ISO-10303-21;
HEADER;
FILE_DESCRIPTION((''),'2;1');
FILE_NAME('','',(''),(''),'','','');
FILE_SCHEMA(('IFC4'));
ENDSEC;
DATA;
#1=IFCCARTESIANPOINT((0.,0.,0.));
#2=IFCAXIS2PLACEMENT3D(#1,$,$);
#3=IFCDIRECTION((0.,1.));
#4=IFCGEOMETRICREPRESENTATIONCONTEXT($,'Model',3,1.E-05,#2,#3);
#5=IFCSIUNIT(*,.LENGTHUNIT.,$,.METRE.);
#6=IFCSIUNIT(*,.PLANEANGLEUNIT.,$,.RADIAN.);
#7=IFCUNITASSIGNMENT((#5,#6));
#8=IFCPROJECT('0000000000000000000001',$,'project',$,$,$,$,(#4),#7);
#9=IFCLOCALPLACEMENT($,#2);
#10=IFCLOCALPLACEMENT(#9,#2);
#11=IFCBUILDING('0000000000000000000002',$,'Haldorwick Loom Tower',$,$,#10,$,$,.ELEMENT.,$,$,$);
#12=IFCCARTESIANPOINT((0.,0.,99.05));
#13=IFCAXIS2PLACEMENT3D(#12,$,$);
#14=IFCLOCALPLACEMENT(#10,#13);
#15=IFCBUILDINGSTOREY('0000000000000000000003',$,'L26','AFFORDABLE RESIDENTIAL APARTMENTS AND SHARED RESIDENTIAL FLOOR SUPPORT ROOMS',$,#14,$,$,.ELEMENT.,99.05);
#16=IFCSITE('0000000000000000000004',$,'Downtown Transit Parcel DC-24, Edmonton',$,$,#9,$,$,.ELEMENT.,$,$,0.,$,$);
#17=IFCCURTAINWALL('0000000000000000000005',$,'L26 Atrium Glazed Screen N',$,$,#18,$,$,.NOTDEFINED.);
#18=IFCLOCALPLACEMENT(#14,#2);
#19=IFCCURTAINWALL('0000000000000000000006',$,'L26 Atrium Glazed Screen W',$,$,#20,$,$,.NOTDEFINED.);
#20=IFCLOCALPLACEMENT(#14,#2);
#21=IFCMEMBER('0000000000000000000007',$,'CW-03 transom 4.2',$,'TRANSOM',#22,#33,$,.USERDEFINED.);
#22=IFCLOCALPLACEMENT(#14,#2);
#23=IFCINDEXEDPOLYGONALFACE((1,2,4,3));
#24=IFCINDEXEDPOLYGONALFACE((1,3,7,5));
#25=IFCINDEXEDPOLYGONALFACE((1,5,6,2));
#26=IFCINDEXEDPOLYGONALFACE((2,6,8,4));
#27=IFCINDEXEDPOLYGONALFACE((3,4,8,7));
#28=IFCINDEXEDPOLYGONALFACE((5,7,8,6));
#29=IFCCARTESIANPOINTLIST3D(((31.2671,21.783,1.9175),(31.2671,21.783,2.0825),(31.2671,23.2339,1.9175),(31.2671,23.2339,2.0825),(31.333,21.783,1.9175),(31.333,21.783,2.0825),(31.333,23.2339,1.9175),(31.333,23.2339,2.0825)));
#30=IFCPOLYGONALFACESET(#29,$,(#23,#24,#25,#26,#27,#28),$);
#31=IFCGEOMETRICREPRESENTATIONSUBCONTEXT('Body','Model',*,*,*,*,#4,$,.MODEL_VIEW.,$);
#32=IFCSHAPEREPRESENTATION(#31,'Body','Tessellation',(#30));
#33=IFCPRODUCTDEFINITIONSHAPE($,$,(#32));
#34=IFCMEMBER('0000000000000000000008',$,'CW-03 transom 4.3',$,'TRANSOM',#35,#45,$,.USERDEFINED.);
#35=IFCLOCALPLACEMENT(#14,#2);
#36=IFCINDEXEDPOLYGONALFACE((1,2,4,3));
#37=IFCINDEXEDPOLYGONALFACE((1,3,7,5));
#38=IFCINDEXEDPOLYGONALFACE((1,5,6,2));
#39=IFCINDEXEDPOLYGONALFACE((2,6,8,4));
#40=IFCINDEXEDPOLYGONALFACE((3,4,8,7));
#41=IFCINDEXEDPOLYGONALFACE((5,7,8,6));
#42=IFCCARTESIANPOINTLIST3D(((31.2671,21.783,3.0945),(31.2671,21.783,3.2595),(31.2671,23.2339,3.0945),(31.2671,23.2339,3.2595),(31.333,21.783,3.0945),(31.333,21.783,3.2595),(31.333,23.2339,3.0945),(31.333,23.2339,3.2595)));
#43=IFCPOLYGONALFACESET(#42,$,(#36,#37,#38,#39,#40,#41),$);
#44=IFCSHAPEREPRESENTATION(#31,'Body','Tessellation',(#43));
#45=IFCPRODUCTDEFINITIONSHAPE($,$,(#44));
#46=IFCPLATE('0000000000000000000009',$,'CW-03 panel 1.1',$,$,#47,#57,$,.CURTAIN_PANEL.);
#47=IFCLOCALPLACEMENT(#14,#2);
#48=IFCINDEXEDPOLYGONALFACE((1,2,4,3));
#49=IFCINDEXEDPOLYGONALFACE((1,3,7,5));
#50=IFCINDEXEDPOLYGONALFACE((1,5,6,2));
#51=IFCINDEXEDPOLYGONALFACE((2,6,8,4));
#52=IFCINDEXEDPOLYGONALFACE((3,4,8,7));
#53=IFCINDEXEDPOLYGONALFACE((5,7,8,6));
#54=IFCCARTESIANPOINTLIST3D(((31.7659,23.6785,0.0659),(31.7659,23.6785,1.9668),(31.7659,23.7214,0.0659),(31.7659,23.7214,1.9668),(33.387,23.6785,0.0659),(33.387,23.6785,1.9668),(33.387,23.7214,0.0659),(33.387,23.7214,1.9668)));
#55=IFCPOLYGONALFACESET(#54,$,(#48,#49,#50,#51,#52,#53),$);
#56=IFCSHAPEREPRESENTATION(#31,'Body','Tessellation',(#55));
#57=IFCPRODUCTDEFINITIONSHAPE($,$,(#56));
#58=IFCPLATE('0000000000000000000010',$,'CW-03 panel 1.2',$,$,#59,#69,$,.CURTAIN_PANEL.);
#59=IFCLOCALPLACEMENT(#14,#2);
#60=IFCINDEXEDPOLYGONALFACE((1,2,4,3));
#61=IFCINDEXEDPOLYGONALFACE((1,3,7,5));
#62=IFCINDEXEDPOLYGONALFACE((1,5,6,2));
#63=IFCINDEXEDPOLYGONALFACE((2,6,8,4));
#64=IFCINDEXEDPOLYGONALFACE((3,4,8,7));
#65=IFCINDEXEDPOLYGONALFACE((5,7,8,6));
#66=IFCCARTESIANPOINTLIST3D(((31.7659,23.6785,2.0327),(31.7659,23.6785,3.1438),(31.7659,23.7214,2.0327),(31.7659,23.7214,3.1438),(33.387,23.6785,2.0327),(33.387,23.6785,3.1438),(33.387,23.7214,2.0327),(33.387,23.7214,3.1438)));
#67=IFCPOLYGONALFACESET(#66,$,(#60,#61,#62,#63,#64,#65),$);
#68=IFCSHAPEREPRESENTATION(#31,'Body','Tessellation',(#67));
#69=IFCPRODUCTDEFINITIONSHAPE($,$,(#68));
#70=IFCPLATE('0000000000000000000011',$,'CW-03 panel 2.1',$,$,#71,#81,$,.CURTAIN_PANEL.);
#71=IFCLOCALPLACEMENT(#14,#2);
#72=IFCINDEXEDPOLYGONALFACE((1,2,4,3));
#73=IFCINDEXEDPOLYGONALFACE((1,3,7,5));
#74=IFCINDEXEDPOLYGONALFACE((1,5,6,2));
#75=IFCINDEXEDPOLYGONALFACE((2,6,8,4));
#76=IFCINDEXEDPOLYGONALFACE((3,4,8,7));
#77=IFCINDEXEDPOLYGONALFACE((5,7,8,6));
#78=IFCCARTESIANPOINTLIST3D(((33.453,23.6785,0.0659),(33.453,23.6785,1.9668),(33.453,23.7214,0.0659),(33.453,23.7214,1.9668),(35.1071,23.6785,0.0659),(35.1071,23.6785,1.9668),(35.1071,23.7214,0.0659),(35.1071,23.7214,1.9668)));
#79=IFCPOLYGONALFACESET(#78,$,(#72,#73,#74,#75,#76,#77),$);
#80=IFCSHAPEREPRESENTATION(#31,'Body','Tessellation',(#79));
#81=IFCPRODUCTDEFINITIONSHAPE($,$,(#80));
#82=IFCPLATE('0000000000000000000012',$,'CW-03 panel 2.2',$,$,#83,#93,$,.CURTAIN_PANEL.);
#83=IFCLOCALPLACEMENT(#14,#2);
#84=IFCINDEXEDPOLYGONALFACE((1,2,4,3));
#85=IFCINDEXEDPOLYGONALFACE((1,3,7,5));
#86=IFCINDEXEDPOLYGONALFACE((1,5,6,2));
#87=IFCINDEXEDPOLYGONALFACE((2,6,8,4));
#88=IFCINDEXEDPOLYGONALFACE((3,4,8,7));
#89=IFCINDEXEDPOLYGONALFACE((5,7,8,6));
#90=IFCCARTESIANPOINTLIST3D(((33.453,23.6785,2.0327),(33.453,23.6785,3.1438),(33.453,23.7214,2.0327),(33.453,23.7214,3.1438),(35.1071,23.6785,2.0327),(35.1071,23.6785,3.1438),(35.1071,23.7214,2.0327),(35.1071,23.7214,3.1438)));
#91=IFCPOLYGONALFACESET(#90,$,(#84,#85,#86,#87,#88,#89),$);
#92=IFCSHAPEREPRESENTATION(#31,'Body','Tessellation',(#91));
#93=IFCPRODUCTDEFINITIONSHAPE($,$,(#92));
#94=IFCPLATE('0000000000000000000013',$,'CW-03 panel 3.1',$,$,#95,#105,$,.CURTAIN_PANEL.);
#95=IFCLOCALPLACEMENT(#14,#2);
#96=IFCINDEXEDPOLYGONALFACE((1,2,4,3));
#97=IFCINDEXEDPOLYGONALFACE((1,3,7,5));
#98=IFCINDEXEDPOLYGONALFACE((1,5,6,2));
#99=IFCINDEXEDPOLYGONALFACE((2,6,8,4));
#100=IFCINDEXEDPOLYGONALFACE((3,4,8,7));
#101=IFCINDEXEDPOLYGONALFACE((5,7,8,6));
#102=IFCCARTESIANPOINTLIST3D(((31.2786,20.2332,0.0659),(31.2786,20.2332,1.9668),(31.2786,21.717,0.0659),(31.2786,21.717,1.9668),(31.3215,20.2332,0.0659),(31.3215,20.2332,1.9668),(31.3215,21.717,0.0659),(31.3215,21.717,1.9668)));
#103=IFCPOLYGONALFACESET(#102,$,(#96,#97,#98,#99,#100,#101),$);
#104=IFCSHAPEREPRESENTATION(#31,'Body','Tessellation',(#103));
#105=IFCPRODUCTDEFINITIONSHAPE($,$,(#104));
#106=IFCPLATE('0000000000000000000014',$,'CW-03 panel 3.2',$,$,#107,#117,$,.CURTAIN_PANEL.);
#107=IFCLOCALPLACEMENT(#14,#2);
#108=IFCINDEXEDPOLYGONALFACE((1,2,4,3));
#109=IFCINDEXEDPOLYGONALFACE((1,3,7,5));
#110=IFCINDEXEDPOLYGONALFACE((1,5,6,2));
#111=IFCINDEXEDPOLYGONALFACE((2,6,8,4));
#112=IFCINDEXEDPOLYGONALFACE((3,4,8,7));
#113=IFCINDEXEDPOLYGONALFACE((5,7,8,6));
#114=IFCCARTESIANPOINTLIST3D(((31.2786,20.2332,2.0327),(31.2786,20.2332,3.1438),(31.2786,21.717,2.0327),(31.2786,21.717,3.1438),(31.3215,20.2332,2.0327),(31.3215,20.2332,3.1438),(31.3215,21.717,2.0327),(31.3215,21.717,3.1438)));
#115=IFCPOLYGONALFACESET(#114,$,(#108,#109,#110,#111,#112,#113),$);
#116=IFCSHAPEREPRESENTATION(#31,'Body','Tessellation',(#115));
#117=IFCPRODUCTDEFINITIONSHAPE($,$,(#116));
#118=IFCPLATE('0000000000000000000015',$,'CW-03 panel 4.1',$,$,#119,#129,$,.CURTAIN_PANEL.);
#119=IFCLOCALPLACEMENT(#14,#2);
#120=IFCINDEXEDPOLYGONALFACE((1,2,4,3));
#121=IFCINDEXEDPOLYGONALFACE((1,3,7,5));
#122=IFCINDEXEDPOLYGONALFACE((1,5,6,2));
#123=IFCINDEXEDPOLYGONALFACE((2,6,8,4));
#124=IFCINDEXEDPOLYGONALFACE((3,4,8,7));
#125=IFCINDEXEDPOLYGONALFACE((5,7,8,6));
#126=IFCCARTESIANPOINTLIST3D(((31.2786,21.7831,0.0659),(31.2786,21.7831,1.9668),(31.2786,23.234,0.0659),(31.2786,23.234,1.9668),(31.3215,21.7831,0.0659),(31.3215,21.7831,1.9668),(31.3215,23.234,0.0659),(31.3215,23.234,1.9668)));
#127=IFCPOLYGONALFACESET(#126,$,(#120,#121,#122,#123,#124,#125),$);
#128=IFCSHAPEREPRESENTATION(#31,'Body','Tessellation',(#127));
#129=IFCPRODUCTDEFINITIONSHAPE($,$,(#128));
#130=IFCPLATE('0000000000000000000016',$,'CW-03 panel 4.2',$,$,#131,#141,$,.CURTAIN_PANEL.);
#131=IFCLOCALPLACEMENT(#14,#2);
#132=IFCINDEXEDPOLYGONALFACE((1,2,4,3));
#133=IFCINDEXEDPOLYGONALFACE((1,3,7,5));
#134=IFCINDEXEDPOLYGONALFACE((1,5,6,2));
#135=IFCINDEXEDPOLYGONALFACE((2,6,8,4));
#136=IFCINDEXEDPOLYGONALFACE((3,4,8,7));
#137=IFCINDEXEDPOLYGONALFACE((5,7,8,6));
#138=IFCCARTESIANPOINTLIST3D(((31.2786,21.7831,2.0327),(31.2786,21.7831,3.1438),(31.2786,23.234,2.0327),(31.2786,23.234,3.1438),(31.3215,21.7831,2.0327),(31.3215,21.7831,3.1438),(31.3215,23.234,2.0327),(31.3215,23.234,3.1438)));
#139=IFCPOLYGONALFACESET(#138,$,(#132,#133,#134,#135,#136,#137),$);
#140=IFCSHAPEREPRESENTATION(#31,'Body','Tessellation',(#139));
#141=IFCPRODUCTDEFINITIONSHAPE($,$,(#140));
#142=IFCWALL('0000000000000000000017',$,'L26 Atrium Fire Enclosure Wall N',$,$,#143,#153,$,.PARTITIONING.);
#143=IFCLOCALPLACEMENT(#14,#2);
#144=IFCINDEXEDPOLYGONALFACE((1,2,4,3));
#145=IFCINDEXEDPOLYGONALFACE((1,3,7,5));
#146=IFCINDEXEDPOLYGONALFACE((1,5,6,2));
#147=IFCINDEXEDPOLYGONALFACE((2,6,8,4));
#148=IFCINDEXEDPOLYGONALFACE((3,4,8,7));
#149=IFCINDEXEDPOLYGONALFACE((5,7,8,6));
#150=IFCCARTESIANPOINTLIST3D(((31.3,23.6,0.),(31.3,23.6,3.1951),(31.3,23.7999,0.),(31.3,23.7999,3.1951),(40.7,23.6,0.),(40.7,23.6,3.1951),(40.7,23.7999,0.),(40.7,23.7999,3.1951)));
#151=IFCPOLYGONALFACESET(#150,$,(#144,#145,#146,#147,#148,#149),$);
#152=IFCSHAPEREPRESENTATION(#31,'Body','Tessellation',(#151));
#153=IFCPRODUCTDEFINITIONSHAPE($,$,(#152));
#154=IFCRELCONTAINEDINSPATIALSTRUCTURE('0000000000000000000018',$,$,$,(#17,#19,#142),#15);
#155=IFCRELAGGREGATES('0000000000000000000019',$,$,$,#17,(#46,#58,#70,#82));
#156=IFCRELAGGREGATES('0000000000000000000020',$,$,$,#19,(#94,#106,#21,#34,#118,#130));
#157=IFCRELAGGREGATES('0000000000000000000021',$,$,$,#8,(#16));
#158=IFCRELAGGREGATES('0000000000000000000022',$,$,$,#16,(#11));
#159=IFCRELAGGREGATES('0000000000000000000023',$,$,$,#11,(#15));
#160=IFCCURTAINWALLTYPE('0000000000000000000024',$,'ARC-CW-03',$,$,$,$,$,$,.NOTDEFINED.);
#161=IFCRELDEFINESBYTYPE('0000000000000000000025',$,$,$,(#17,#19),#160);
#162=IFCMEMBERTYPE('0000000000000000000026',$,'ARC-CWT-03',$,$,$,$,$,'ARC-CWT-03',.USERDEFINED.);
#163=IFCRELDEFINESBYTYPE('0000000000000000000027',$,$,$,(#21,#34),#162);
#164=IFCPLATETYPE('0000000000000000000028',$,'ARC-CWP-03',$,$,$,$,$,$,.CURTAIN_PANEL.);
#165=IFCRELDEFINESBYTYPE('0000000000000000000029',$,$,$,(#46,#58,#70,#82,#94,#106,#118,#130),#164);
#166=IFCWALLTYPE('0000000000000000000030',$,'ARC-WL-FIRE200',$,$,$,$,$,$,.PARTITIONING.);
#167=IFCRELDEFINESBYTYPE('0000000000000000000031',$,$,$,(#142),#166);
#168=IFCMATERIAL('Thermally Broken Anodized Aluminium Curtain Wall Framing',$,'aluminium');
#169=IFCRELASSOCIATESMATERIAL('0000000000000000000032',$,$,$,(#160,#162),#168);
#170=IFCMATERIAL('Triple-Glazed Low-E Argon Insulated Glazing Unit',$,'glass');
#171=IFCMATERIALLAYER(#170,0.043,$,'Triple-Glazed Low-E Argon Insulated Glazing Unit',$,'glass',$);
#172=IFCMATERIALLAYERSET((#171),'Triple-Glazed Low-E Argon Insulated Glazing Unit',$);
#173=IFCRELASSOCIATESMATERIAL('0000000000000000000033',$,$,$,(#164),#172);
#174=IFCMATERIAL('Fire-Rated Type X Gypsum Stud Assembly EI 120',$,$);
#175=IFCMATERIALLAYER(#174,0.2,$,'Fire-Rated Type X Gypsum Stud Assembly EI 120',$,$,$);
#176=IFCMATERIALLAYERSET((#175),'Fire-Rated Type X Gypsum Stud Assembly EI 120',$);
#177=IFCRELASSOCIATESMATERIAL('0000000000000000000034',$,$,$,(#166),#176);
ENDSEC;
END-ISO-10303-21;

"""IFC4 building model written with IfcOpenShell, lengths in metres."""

from ifc_helpers import new_model, si_unit, direction, frame, frame_2d, origin, origin_2d, place, context, subcontext, project, spatial, rectangle, extrude, material, layer, layer_set, material_profile, profile_set, type_object, element, aggregate, save


model = new_model("IFC4")

# Units and contexts
model_context = context("Model", 3, precision=1e-05, world=origin(), true_north=direction((0.0, 1.0)))
body_context = subcontext(model_context, "Body", "Model", "MODEL_VIEW")
ifc_project = project(units=[si_unit("LENGTHUNIT", "METRE"), si_unit("PLANEANGLEUNIT", "RADIAN")], contexts=[model_context])

# Site, building, storey
site_placement = place(None, origin())
site = spatial("IfcSite", under=ifc_project, at=site_placement, Name="Downtown Transit Parcel DC-24, Edmonton", CompositionType="ELEMENT", RefElevation=0.0)
building_placement = place(site_placement, origin())
building = spatial("IfcBuilding", under=site, at=building_placement, Name="Haldorwick Loom Tower", CompositionType="ELEMENT")
storey_placement = place(building_placement, frame((0.0, 0.0, 99.05)))
storey = spatial("IfcBuildingStorey", under=building, at=storey_placement, Name="L26", Description="AFFORDABLE RESIDENTIAL APARTMENTS AND SHARED RESIDENTIAL FLOOR SUPPORT ROOMS", CompositionType="ELEMENT", Elevation=99.05)

# Curtain walls
ifc_material_1 = material(Name="Thermally Broken Anodized Aluminium Curtain Wall Framing", Category="aluminium")
curtain_wall_type = type_object("IfcCurtainWallType", Name="ARC-CW-03", PredefinedType="NOTDEFINED", material=ifc_material_1)
curtain_wall_1_placement = place(storey_placement, origin())
curtain_wall_1 = element("IfcCurtainWall", 1, at=curtain_wall_1_placement, inside=storey, type_object=curtain_wall_type, Name="L26 Atrium Glazed Screen N", PredefinedType="NOTDEFINED")
curtain_wall_2_placement = place(storey_placement, origin())
curtain_wall_2 = element("IfcCurtainWall", 2, at=curtain_wall_2_placement, inside=storey, type_object=curtain_wall_type, Name="L26 Atrium Glazed Screen W", PredefinedType="NOTDEFINED")

# Members
ifc_material_profile_1 = material_profile(ifc_material_1, rectangle(XDim=0.0659, YDim=0.165, at=origin_2d()), Name="ALU_TRN_66X165", Category="aluminium")
ifc_profile_set_1 = profile_set([ifc_material_profile_1], Name="Thermally Broken Anodized Aluminium Curtain Wall Framing")
member_type_1 = type_object("IfcMemberType", Name="ARC-CWT-03", ElementType="ARC-CWT-03", PredefinedType="USERDEFINED", material=ifc_profile_set_1)
member_1_placement = place(storey_placement, frame((31.3, 21.783, 2.0), z_axis=(0.0, 1.0, 0.0), x_axis=(-1.0, 0.0, 0.0)))
member_1 = element("IfcMember", 3, at=member_1_placement, type_object=member_type_1, Name="CW-03 transom 4.2", ObjectType="TRANSOM", PredefinedType="USERDEFINED", context=body_context, shape_type="SweptSolid", body=[
    extrude(rectangle(XDim=0.0659, YDim=0.165, at=origin_2d()), origin(), (0.0, 0.0, 1.0), 1.4509),
])
member_2_placement = place(storey_placement, frame((31.3, 21.783, 3.177), z_axis=(0.0, 1.0, 0.0), x_axis=(-1.0, 0.0, 0.0)))
member_2 = element("IfcMember", 4, at=member_2_placement, type_object=member_type_1, Name="CW-03 transom 4.3", ObjectType="TRANSOM", PredefinedType="USERDEFINED", context=body_context, shape_type="SweptSolid", body=[
    extrude(rectangle(XDim=0.0659, YDim=0.165, at=origin_2d()), origin(), (0.0, 0.0, 1.0), 1.4509),
])

# Plates
ifc_material_2 = material(Name="Triple-Glazed Low-E Argon Insulated Glazing Unit", Category="glass")
ifc_layer_1 = layer(ifc_material_2, 0.043, Name="Triple-Glazed Low-E Argon Insulated Glazing Unit", Category="glass")
ifc_layer_set_1 = layer_set([ifc_layer_1], Name="Triple-Glazed Low-E Argon Insulated Glazing Unit")
plate_type = type_object("IfcPlateType", Name="ARC-CWP-03", PredefinedType="CURTAIN_PANEL", material=ifc_layer_set_1)
plate_1_placement = place(storey_placement, frame((32.5764, 23.7, 0.0659), z_axis=(0.0, 0.0, 1.0), x_axis=(1.0, 0.0, 0.0)))
plate_1 = element("IfcPlate", 5, at=plate_1_placement, type_object=plate_type, Name="CW-03 panel 1.1", PredefinedType="CURTAIN_PANEL", context=body_context, shape_type="SweptSolid", body=[
    extrude(rectangle(XDim=1.6211, YDim=0.043, at=origin_2d()), origin(), (0.0, 0.0, 1.0), 1.9009),
])
plate_2_placement = place(storey_placement, frame((32.5764, 23.7, 2.0327), z_axis=(0.0, 0.0, 1.0), x_axis=(1.0, 0.0, 0.0)))
plate_2 = element("IfcPlate", 6, at=plate_2_placement, type_object=plate_type, Name="CW-03 panel 1.2", PredefinedType="CURTAIN_PANEL", context=body_context, shape_type="SweptSolid", body=[
    extrude(rectangle(XDim=1.6211, YDim=0.043, at=origin_2d()), origin(), (0.0, 0.0, 1.0), 1.1111),
])
plate_3_placement = place(storey_placement, frame((34.28, 23.7, 0.0659), z_axis=(0.0, 0.0, 1.0), x_axis=(1.0, 0.0, 0.0)))
plate_3 = element("IfcPlate", 7, at=plate_3_placement, type_object=plate_type, Name="CW-03 panel 2.1", PredefinedType="CURTAIN_PANEL", context=body_context, shape_type="SweptSolid", body=[
    extrude(rectangle(XDim=1.6541, YDim=0.043, at=origin_2d()), origin(), (0.0, 0.0, 1.0), 1.9009),
])
plate_4_placement = place(storey_placement, frame((34.28, 23.7, 2.0327), z_axis=(0.0, 0.0, 1.0), x_axis=(1.0, 0.0, 0.0)))
plate_4 = element("IfcPlate", 8, at=plate_4_placement, type_object=plate_type, Name="CW-03 panel 2.2", PredefinedType="CURTAIN_PANEL", context=body_context, shape_type="SweptSolid", body=[
    extrude(rectangle(XDim=1.6541, YDim=0.043, at=origin_2d()), origin(), (0.0, 0.0, 1.0), 1.1111),
])
aggregate(curtain_wall_1, [plate_1, plate_2, plate_3, plate_4])
plate_5_placement = place(storey_placement, frame((31.3, 20.9751, 0.0659), z_axis=(0.0, 0.0, 1.0), x_axis=(0.0, 1.0, 0.0)))
plate_5 = element("IfcPlate", 9, at=plate_5_placement, type_object=plate_type, Name="CW-03 panel 3.1", PredefinedType="CURTAIN_PANEL", context=body_context, shape_type="SweptSolid", body=[
    extrude(rectangle(XDim=1.4839, YDim=0.043, at=origin_2d()), origin(), (0.0, 0.0, 1.0), 1.9009),
])
plate_6_placement = place(storey_placement, frame((31.3, 20.9751, 2.0327), z_axis=(0.0, 0.0, 1.0), x_axis=(0.0, 1.0, 0.0)))
plate_6 = element("IfcPlate", 10, at=plate_6_placement, type_object=plate_type, Name="CW-03 panel 3.2", PredefinedType="CURTAIN_PANEL", context=body_context, shape_type="SweptSolid", body=[
    extrude(rectangle(XDim=1.4839, YDim=0.043, at=origin_2d()), origin(), (0.0, 0.0, 1.0), 1.1111),
])
plate_7_placement = place(storey_placement, frame((31.3, 22.5085, 0.0659), z_axis=(0.0, 0.0, 1.0), x_axis=(0.0, 1.0, 0.0)))
plate_7 = element("IfcPlate", 11, at=plate_7_placement, type_object=plate_type, Name="CW-03 panel 4.1", PredefinedType="CURTAIN_PANEL", context=body_context, shape_type="SweptSolid", body=[
    extrude(rectangle(XDim=1.4509, YDim=0.043, at=origin_2d()), origin(), (0.0, 0.0, 1.0), 1.9009),
])
plate_8_placement = place(storey_placement, frame((31.3, 22.5085, 2.0327), z_axis=(0.0, 0.0, 1.0), x_axis=(0.0, 1.0, 0.0)))
plate_8 = element("IfcPlate", 12, at=plate_8_placement, type_object=plate_type, Name="CW-03 panel 4.2", PredefinedType="CURTAIN_PANEL", context=body_context, shape_type="SweptSolid", body=[
    extrude(rectangle(XDim=1.4509, YDim=0.043, at=origin_2d()), origin(), (0.0, 0.0, 1.0), 1.1111),
])
aggregate(curtain_wall_2, [plate_5, plate_6, member_1, member_2, plate_7, plate_8])

# Wall
ifc_material_3 = material(Name="Fire-Rated Type X Gypsum Stud Assembly EI 120")
ifc_layer_2 = layer(ifc_material_3, 0.2, Name="Fire-Rated Type X Gypsum Stud Assembly EI 120")
ifc_layer_set_2 = layer_set([ifc_layer_2], Name="Fire-Rated Type X Gypsum Stud Assembly EI 120")
wall_type = type_object("IfcWallType", Name="ARC-WL-FIRE200", PredefinedType="PARTITIONING", material=ifc_layer_set_2)
wall_placement = place(storey_placement, frame((31.3, 23.7, 0.0), z_axis=(0.0, 0.0, 1.0), x_axis=(1.0, 0.0, 0.0)))
element("IfcWall", 13, at=wall_placement, inside=storey, type_object=wall_type, Name="L26 Atrium Fire Enclosure Wall N", PredefinedType="PARTITIONING", context=body_context, shape_type="SweptSolid", body=[
    extrude(rectangle(XDim=9.3999, YDim=0.2, at=frame_2d((4.7, 0.0))), origin(), (0.0, 0.0, 1.0), 3.1951),
])

save(model, "model.ifc")
